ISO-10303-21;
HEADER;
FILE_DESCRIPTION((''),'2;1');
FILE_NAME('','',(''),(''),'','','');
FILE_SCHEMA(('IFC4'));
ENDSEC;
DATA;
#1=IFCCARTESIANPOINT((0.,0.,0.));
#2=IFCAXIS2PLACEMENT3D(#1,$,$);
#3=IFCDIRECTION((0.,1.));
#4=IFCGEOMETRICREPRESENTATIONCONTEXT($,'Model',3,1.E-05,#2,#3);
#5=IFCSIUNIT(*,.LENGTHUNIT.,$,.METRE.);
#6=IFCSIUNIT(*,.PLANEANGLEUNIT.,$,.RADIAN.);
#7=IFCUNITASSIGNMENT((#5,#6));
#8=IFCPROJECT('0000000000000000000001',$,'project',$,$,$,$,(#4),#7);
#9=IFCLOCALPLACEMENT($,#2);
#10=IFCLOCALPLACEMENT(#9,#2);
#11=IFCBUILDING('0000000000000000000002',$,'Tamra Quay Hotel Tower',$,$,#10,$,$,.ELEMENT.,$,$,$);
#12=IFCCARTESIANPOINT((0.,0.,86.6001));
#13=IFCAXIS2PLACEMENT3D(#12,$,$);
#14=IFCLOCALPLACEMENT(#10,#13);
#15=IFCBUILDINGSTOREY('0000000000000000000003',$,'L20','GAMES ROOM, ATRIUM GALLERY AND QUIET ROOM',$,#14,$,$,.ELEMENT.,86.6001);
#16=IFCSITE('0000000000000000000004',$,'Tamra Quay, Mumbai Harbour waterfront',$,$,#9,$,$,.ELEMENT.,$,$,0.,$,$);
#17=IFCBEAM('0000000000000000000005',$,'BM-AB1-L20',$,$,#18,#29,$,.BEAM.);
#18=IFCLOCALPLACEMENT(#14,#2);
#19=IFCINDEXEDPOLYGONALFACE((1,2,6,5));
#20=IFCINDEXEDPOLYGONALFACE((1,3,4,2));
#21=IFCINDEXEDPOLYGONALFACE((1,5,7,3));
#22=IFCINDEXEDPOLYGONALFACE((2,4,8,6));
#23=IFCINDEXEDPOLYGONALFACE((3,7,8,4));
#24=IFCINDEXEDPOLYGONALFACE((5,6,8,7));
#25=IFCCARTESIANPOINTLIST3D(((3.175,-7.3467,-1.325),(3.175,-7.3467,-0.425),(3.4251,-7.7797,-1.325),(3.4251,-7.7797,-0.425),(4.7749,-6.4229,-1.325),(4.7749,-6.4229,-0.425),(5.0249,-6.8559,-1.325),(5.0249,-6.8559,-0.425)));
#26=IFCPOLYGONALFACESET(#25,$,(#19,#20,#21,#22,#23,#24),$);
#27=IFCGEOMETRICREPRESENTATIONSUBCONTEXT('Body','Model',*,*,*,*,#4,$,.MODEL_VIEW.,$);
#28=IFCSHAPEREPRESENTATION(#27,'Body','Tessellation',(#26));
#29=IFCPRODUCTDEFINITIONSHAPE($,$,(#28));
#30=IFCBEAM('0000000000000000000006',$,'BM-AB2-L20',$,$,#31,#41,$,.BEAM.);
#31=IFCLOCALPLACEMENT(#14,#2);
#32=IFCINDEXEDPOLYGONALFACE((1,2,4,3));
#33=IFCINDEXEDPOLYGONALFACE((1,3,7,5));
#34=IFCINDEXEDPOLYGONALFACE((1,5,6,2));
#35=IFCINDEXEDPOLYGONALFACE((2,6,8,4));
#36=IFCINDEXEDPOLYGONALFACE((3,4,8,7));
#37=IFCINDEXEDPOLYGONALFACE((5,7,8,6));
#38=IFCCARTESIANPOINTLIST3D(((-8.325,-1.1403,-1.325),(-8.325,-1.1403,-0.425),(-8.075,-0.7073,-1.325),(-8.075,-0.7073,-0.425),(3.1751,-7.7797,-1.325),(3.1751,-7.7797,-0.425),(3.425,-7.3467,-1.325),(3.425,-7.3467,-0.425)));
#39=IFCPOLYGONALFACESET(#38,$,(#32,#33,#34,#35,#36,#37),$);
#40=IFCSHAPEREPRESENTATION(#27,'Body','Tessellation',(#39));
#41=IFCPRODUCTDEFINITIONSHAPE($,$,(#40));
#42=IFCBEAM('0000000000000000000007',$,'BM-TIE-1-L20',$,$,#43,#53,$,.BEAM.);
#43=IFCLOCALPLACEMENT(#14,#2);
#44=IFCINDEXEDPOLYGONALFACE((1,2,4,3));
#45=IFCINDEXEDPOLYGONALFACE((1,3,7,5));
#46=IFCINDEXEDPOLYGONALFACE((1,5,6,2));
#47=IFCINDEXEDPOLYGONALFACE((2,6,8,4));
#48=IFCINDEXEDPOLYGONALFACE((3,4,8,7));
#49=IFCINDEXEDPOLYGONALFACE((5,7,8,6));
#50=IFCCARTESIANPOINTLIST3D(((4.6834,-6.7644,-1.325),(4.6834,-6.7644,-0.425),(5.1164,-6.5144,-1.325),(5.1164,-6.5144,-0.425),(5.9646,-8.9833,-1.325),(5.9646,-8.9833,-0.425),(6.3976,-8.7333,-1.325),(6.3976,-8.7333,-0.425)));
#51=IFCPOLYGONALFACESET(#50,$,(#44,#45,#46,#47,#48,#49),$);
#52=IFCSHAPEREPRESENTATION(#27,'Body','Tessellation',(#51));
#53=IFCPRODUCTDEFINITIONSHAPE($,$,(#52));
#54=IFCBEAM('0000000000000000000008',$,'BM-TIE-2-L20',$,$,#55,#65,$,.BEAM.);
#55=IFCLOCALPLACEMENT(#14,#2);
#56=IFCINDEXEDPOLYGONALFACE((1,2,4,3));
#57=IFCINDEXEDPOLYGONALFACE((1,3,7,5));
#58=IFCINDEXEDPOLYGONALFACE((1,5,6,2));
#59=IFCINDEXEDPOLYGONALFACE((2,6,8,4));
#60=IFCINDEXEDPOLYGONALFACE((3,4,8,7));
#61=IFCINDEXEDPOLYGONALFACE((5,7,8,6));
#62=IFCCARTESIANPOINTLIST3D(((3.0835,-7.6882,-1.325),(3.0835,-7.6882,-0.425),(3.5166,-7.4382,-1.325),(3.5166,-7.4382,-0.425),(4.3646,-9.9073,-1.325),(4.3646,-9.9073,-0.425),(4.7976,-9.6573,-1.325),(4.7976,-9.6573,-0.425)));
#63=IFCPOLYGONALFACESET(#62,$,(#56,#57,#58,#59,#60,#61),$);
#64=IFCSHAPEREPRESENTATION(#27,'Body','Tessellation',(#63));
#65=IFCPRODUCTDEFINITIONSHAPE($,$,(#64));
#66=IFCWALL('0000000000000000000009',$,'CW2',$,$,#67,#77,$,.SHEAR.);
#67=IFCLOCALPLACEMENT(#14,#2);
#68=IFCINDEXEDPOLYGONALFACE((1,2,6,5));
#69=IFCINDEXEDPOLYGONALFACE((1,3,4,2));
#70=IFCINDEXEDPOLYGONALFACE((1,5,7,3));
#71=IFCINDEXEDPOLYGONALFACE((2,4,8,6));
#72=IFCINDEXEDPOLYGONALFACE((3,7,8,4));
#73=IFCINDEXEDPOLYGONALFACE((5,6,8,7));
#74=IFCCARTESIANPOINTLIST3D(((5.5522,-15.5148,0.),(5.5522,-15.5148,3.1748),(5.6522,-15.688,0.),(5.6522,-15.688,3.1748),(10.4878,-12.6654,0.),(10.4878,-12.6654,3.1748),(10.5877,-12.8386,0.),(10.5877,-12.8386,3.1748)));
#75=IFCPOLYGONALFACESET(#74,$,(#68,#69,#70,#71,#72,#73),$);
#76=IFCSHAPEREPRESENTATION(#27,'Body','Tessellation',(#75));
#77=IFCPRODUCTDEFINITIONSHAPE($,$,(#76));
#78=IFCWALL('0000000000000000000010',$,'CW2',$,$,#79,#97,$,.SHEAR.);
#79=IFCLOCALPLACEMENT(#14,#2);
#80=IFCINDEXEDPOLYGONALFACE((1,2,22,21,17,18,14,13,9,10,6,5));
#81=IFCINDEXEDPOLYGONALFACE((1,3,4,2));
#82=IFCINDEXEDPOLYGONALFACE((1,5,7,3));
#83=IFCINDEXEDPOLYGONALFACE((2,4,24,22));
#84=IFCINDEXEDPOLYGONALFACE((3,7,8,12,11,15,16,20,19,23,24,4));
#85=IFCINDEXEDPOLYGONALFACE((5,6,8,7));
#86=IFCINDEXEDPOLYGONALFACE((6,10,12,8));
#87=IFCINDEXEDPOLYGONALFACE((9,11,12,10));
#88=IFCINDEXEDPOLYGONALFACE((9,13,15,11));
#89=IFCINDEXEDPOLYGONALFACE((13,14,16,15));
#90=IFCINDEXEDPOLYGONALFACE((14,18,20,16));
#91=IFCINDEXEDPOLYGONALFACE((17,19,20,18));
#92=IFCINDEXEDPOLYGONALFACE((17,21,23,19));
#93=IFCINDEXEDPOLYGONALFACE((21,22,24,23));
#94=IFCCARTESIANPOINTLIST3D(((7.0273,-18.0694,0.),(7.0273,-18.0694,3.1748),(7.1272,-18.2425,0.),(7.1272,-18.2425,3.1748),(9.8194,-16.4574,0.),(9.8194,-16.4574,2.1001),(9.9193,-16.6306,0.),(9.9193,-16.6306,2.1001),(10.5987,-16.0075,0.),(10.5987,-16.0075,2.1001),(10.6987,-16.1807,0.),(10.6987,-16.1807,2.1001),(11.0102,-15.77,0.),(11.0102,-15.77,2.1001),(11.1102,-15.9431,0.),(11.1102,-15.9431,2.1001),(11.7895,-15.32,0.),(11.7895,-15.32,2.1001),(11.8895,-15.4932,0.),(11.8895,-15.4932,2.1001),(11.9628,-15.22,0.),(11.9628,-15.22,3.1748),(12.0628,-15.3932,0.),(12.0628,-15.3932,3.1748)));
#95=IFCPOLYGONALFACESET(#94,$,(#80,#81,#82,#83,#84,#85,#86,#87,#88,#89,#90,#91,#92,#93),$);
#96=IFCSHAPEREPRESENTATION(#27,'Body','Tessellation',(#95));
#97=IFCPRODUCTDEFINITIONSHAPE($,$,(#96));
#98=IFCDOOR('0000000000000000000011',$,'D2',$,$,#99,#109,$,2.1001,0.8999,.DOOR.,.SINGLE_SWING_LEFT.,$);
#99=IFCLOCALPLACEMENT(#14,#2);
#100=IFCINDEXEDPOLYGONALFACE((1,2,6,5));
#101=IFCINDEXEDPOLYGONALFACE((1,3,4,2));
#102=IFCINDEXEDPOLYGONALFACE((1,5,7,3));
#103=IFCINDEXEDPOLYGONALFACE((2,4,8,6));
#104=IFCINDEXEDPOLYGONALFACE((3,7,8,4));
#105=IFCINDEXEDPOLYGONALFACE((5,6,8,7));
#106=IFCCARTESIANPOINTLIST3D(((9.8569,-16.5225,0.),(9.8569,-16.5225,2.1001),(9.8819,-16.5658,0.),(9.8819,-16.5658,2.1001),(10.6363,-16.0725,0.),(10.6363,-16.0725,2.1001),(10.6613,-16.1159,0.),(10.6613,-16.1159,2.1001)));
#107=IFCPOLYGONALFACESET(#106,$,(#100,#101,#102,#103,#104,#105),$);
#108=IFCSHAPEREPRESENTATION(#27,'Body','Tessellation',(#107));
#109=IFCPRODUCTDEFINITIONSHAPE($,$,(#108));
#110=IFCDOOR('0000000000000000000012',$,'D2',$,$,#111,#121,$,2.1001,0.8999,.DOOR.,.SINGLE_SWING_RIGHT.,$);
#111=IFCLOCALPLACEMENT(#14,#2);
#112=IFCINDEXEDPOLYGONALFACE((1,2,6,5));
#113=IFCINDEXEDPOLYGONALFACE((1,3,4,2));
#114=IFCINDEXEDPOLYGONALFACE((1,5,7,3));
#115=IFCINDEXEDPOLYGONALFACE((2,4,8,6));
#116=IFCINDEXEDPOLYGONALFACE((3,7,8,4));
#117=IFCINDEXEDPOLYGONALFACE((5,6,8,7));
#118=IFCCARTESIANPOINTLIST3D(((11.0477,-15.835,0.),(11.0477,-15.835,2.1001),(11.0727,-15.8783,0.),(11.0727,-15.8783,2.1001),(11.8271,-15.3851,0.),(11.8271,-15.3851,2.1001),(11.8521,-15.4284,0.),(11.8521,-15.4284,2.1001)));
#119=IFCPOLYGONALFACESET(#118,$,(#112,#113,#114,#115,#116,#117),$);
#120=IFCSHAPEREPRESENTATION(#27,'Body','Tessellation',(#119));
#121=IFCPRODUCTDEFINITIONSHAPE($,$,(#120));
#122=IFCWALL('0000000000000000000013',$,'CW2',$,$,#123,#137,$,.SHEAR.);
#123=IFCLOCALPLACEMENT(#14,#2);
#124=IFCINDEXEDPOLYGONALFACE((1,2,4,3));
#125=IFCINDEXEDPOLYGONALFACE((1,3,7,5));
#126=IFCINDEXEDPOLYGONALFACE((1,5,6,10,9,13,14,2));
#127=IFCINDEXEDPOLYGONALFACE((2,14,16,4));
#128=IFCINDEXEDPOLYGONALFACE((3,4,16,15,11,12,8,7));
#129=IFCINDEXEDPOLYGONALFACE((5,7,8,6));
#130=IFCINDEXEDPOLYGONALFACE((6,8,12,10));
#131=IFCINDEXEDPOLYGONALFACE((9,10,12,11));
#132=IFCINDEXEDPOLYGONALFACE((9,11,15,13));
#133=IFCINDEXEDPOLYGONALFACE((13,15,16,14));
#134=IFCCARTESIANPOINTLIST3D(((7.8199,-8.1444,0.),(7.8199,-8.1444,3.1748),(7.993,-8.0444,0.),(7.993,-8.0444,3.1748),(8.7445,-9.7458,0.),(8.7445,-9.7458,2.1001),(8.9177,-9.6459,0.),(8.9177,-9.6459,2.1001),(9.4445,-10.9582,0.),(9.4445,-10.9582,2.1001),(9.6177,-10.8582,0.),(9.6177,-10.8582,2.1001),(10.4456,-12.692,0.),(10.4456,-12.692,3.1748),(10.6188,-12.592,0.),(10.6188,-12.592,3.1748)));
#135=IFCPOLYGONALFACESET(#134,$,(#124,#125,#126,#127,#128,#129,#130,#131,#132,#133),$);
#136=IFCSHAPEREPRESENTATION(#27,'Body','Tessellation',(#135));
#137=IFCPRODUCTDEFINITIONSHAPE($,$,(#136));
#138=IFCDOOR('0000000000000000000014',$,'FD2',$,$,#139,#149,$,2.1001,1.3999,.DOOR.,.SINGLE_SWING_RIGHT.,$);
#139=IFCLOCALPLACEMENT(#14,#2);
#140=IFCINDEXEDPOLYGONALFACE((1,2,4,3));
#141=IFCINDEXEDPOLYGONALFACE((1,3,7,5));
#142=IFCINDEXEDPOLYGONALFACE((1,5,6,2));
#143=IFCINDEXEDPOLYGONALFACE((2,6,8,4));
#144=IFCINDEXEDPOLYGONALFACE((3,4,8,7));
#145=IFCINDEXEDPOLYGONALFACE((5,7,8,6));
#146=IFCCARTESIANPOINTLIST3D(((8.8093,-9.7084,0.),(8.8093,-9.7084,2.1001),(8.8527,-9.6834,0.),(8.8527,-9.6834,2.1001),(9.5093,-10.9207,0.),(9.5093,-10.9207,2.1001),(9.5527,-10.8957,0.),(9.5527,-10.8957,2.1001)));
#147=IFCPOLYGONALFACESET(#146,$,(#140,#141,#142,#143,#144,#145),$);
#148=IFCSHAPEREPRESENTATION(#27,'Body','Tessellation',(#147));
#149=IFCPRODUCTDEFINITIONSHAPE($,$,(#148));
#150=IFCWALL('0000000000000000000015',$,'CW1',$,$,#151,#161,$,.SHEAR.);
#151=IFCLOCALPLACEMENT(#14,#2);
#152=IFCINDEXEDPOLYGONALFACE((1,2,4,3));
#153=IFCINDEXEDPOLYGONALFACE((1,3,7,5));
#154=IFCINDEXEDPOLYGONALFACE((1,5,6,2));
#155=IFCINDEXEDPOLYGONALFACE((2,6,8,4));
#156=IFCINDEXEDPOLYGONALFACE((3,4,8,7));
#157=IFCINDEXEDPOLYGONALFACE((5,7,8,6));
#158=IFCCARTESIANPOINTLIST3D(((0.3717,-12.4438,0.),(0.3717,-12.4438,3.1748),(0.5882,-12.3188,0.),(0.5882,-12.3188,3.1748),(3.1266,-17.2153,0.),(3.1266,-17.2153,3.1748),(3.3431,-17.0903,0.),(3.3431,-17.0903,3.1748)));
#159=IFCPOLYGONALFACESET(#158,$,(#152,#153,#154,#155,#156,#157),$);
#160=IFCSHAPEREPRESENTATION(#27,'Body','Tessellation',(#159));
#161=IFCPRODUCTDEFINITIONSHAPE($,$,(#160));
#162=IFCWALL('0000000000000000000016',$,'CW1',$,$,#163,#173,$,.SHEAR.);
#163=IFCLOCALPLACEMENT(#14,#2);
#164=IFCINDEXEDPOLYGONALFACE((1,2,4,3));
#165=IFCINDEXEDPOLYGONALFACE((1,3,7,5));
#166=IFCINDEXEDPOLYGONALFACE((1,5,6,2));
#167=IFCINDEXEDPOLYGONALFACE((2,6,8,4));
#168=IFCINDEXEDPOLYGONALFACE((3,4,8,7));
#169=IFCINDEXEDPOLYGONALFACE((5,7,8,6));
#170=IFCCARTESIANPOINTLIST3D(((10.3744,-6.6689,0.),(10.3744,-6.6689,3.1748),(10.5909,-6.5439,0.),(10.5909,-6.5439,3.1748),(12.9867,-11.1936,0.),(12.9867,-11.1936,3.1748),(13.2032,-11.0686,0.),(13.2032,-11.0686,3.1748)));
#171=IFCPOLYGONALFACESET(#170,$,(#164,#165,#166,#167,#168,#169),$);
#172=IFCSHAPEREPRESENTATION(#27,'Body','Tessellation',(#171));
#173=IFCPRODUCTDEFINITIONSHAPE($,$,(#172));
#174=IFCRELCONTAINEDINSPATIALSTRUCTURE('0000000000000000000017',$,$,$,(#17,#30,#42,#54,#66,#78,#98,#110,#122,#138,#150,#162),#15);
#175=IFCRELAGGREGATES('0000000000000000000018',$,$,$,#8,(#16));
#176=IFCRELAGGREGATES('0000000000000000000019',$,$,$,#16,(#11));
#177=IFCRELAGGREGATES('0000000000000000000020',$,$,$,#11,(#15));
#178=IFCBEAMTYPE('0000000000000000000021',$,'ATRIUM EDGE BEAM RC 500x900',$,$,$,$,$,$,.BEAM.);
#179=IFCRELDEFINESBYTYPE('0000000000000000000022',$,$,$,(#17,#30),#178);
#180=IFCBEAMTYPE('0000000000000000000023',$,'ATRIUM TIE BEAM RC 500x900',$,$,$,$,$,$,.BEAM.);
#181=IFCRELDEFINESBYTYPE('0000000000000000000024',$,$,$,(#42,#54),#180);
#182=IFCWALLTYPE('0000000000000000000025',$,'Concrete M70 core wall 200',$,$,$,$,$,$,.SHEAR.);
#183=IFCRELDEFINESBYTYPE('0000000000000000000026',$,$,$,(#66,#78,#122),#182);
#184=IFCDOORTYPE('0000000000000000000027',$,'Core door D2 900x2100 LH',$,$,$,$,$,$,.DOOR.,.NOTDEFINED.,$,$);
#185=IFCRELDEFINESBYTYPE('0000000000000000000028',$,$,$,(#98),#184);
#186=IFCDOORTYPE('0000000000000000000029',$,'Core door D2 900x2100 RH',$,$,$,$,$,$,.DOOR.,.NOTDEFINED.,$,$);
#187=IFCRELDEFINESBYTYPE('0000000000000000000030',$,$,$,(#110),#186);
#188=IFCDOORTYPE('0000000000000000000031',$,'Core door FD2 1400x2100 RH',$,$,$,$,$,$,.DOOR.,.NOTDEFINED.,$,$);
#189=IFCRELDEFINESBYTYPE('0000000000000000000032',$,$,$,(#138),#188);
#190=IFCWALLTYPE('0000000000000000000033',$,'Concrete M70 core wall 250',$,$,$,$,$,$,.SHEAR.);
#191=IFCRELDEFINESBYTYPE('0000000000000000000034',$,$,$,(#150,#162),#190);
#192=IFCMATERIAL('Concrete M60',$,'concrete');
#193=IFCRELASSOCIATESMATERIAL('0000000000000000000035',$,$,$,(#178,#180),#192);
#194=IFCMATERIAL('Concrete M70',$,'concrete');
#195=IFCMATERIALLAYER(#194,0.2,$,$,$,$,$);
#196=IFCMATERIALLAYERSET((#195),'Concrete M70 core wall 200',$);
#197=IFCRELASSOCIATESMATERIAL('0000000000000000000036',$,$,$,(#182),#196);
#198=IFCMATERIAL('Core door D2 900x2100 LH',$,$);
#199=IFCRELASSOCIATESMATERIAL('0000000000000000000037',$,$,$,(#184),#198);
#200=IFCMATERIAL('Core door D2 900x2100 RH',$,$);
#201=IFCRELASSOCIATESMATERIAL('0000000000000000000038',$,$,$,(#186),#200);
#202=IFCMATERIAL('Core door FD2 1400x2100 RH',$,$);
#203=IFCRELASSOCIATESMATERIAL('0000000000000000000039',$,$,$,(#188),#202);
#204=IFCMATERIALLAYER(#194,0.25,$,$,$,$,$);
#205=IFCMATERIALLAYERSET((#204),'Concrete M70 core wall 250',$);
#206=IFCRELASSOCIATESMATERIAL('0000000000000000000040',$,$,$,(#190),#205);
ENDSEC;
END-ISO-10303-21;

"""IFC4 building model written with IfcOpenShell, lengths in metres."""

from ifc_helpers import new_model, si_unit, direction, frame, frame_2d, origin, origin_2d, place, context, subcontext, project, spatial, rectangle, extrude, material, layer, layer_set, material_profile, profile_set, type_object, element, fill, save


model = new_model("IFC4")

# Units and contexts
model_context = context("Model", 3, precision=1e-05, world=origin(), true_north=direction((0.0, 1.0)))
body_context = subcontext(model_context, "Body", "Model", "MODEL_VIEW")
ifc_project = project(units=[si_unit("LENGTHUNIT", "METRE"), si_unit("PLANEANGLEUNIT", "RADIAN")], contexts=[model_context])

# Site, building, storey
site_placement = place(None, origin())
site = spatial("IfcSite", under=ifc_project, at=site_placement, Name="Tamra Quay, Mumbai Harbour waterfront", CompositionType="ELEMENT", RefElevation=0.0)
building_placement = place(site_placement, origin())
building = spatial("IfcBuilding", under=site, at=building_placement, Name="Tamra Quay Hotel Tower", CompositionType="ELEMENT")
storey_placement = place(building_placement, frame((0.0, 0.0, 86.6001)))
storey = spatial("IfcBuildingStorey", under=building, at=storey_placement, Name="L20", Description="GAMES ROOM, ATRIUM GALLERY AND QUIET ROOM", CompositionType="ELEMENT", Elevation=86.6001)

# Beams
ifc_material_1 = material(Name="Concrete M60", Category="concrete")
ifc_material_profile_1 = material_profile(ifc_material_1, rectangle(XDim=0.5, YDim=0.8999, at=origin_2d()), Name="ATRIUM EDGE BEAM RC 500x900")
ifc_profile_set_1 = profile_set([ifc_material_profile_1], Name="Concrete M60")
beam_type_1 = type_object("IfcBeamType", Name="ATRIUM EDGE BEAM RC 500x900", PredefinedType="BEAM", material=ifc_profile_set_1)
beam_1_placement = place(storey_placement, frame((4.8999, -6.6394, -0.875), z_axis=(-0.86599, -0.500062, 0.0), x_axis=(0.500062, -0.86599, 0.0)))
element("IfcBeam", 1, at=beam_1_placement, inside=storey, type_object=beam_type_1, Name="BM-AB1-L20", PredefinedType="BEAM", context=body_context, shape_type="SweptSolid", body=[
    extrude(rectangle(XDim=0.5, YDim=0.8999, at=origin_2d()), origin(), (0.0, 0.0, 1.0), 1.8474),
])
beam_2_placement = place(storey_placement, frame((3.3, -7.5632, -0.875), z_axis=(-0.866029, 0.499993, 0.0), x_axis=(-0.499993, -0.866029, 0.0)))
element("IfcBeam", 2, at=beam_2_placement, inside=storey, type_object=beam_type_1, Name="BM-AB2-L20", PredefinedType="BEAM", context=body_context, shape_type="SweptSolid", body=[
    extrude(rectangle(XDim=0.5, YDim=0.8999, at=origin_2d()), origin(), (0.0, 0.0, 1.0), 13.2791),
])
ifc_material_profile_2 = material_profile(ifc_material_1, rectangle(XDim=0.5, YDim=0.8999, at=origin_2d()), Name="ATRIUM TIE BEAM RC 500x900")
ifc_profile_set_2 = profile_set([ifc_material_profile_2], Name="Concrete M60")
beam_type_2 = type_object("IfcBeamType", Name="ATRIUM TIE BEAM RC 500x900", PredefinedType="BEAM", material=ifc_profile_set_2)
for number, where, z_axis, x_axis, name in (
    (3, (4.8999, -6.6394, -0.875), (0.500033, -0.866006, 0.0), (0.866006, 0.500033, 0.0), "BM-TIE-1-L20"),
    (4, (3.3, -7.5632, -0.875), (0.499962, -0.866048, 0.0), (0.866048, 0.499962, 0.0), "BM-TIE-2-L20"),
):
    element("IfcBeam", number, at=place(storey_placement, frame(where, z_axis=z_axis, x_axis=x_axis)), inside=storey, type_object=beam_type_2, Name=name, PredefinedType="BEAM", context=body_context, shape_type="SweptSolid", body=[
        extrude(rectangle(XDim=0.5, YDim=0.8999, at=origin_2d()), origin(), (0.0, 0.0, 1.0), 2.5623),
    ])

# Wall
ifc_material_2 = material(Name="Concrete M70", Category="concrete")
ifc_layer_1 = layer(ifc_material_2, 0.2)
ifc_layer_set_1 = layer_set([ifc_layer_1], Name="Concrete M70 core wall 200")
wall_type_1 = type_object("IfcWallType", Name="Concrete M70 core wall 200", PredefinedType="SHEAR", material=ifc_layer_set_1)
wall_1_placement = place(storey_placement, frame((10.5378, -12.752, 0.0), z_axis=(0.0, 0.0, 1.0), x_axis=(-0.866039, -0.499977, 0.0)))
element("IfcWall", 5, at=wall_1_placement, inside=storey, type_object=wall_type_1, Name="CW2", PredefinedType="SHEAR", context=body_context, shape_type="SweptSolid", body=[
    extrude(rectangle(XDim=5.699, YDim=0.2, at=frame_2d((2.8496, 0.0))), origin(), (0.0, 0.0, 1.0), 3.1748),
])

# Wall, openings, doors
wall_2_placement = place(storey_placement, frame((7.0771, -18.156, 0.0), z_axis=(0.0, 0.0, 1.0), x_axis=(0.866039, 0.499977, 0.0)))
wall_2 = element("IfcWall", 6, at=wall_2_placement, inside=storey, type_object=wall_type_1, Name="CW2", PredefinedType="SHEAR", context=body_context, shape_type="SweptSolid", body=[
    extrude(rectangle(XDim=5.699, YDim=0.2, at=frame_2d((2.8496, 0.0))), origin(), (0.0, 0.0, 1.0), 3.1748),
])
opening_1_placement = place(wall_2_placement, frame((3.2241, 0.0, 0.0)))
opening_1 = element("IfcOpeningElement", 7, at=opening_1_placement, cuts=wall_2, PredefinedType="OPENING", context=body_context, shape_type="SweptSolid", body=[
    extrude(rectangle(XDim=0.8999, YDim=2.1001, at=frame_2d((0.45, 1.05))), frame((0.0, 0.1099, 0.0), z_axis=(0.0, -1.0, 0.0), x_axis=(1.0, 0.0, 0.0)), (0.0, 0.0, 1.0), 0.22),
])
opening_2_placement = place(wall_2_placement, frame((4.5991, 0.0, 0.0)))
opening_2 = element("IfcOpeningElement", 8, at=opening_2_placement, cuts=wall_2, PredefinedType="OPENING", context=body_context, shape_type="SweptSolid", body=[
    extrude(rectangle(XDim=0.8999, YDim=2.1001, at=frame_2d((0.45, 1.05))), frame((0.0, 0.1099, 0.0), z_axis=(0.0, -1.0, 0.0), x_axis=(1.0, 0.0, 0.0)), (0.0, 0.0, 1.0), 0.22),
])
ifc_material_3 = material(Name="Core door D2 900x2100 LH")
door_type_1 = type_object("IfcDoorType", Name="Core door D2 900x2100 LH", OperationType="NOTDEFINED", PredefinedType="DOOR", material=ifc_material_3)
door_1_placement = place(opening_1_placement, origin())
door_1 = element("IfcDoor", 9, at=door_1_placement, inside=storey, type_object=door_type_1, Name="D2", OperationType="SINGLE_SWING_LEFT", OverallHeight=2.1001, OverallWidth=0.8999, PredefinedType="DOOR", context=body_context, shape_type="SweptSolid", body=[
    extrude(rectangle(XDim=0.8999, YDim=2.1001, at=frame_2d((0.45, 1.05))), frame((0.0, 0.0249, 0.0), z_axis=(0.0, -1.0, 0.0), x_axis=(1.0, 0.0, 0.0)), (0.0, 0.0, 1.0), 0.05),
])
fill(opening_1, door_1)
ifc_material_4 = material(Name="Core door D2 900x2100 RH")
door_type_2 = type_object("IfcDoorType", Name="Core door D2 900x2100 RH", OperationType="NOTDEFINED", PredefinedType="DOOR", material=ifc_material_4)
door_2_placement = place(opening_2_placement, origin())
door_2 = element("IfcDoor", 10, at=door_2_placement, inside=storey, type_object=door_type_2, Name="D2", OperationType="SINGLE_SWING_RIGHT", OverallHeight=2.1001, OverallWidth=0.8999, PredefinedType="DOOR", context=body_context, shape_type="SweptSolid", body=[
    extrude(rectangle(XDim=0.8999, YDim=2.1001, at=frame_2d((0.45, 1.05))), frame((0.0, 0.0249, 0.0), z_axis=(0.0, -1.0, 0.0), x_axis=(1.0, 0.0, 0.0)), (0.0, 0.0, 1.0), 0.05),
])
fill(opening_2, door_2)

# Wall, opening, door
wall_3_placement = place(storey_placement, frame((7.9065, -8.0945, 0.0), z_axis=(0.0, 0.0, 1.0), x_axis=(0.500024, -0.866011, 0.0)))
wall_3 = element("IfcWall", 11, at=wall_3_placement, inside=storey, type_object=wall_type_1, Name="CW2", PredefinedType="SHEAR", context=body_context, shape_type="SweptSolid", body=[
    extrude(rectangle(XDim=5.2512, YDim=0.2, at=frame_2d((2.6255, 0.0))), origin(), (0.0, 0.0, 1.0), 3.1748),
])
opening_3_placement = place(wall_3_placement, frame((1.8491, 0.0, 0.0)))
opening_3 = element("IfcOpeningElement", 12, at=opening_3_placement, cuts=wall_3, PredefinedType="OPENING", context=body_context, shape_type="SweptSolid", body=[
    extrude(rectangle(XDim=1.3999, YDim=2.1001, at=frame_2d((0.7, 1.05))), frame((0.0, 0.1099, 0.0), z_axis=(0.0, -1.0, 0.0), x_axis=(1.0, 0.0, 0.0)), (0.0, 0.0, 1.0), 0.22),
])
ifc_material_5 = material(Name="Core door FD2 1400x2100 RH")
door_type_3 = type_object("IfcDoorType", Name="Core door FD2 1400x2100 RH", OperationType="NOTDEFINED", PredefinedType="DOOR", material=ifc_material_5)
door_3_placement = place(opening_3_placement, origin())
door_3 = element("IfcDoor", 13, at=door_3_placement, inside=storey, type_object=door_type_3, Name="FD2", OperationType="SINGLE_SWING_RIGHT", OverallHeight=2.1001, OverallWidth=1.3999, PredefinedType="DOOR", context=body_context, shape_type="SweptSolid", body=[
    extrude(rectangle(XDim=1.3999, YDim=2.1001, at=frame_2d((0.7, 1.05))), frame((0.0, 0.0249, 0.0), z_axis=(0.0, -1.0, 0.0), x_axis=(1.0, 0.0, 0.0)), (0.0, 0.0, 1.0), 0.05),
])
fill(opening_3, door_3)

# Walls
ifc_layer_2 = layer(ifc_material_2, 0.25)
ifc_layer_set_2 = layer_set([ifc_layer_2], Name="Concrete M70 core wall 250")
wall_type_2 = type_object("IfcWallType", Name="Concrete M70 core wall 250", PredefinedType="SHEAR", material=ifc_layer_set_2)
wall_4_placement = place(storey_placement, frame((3.2349, -17.1528, 0.0), z_axis=(0.0, 0.0, 1.0), x_axis=(-0.500009, 0.86602, 0.0)))
element("IfcWall", 14, at=wall_4_placement, inside=storey, type_object=wall_type_2, Name="CW1", PredefinedType="SHEAR", context=body_context, shape_type="SweptSolid", body=[
    extrude(rectangle(XDim=5.5098, YDim=0.25, at=frame_2d((2.7549, 0.0))), origin(), (0.0, 0.0, 1.0), 3.1748),
])
wall_5_placement = place(storey_placement, frame((10.4827, -6.6064, 0.0), z_axis=(0.0, 0.0, 1.0), x_axis=(0.499999, -0.866026, 0.0)))
element("IfcWall", 15, at=wall_5_placement, inside=storey, type_object=wall_type_2, Name="CW1", PredefinedType="SHEAR", context=body_context, shape_type="SweptSolid", body=[
    extrude(rectangle(XDim=5.2246, YDim=0.25, at=frame_2d((2.6123, 0.0))), origin(), (0.0, 0.0, 1.0), 3.1748),
])

save(model, "model.ifc")
